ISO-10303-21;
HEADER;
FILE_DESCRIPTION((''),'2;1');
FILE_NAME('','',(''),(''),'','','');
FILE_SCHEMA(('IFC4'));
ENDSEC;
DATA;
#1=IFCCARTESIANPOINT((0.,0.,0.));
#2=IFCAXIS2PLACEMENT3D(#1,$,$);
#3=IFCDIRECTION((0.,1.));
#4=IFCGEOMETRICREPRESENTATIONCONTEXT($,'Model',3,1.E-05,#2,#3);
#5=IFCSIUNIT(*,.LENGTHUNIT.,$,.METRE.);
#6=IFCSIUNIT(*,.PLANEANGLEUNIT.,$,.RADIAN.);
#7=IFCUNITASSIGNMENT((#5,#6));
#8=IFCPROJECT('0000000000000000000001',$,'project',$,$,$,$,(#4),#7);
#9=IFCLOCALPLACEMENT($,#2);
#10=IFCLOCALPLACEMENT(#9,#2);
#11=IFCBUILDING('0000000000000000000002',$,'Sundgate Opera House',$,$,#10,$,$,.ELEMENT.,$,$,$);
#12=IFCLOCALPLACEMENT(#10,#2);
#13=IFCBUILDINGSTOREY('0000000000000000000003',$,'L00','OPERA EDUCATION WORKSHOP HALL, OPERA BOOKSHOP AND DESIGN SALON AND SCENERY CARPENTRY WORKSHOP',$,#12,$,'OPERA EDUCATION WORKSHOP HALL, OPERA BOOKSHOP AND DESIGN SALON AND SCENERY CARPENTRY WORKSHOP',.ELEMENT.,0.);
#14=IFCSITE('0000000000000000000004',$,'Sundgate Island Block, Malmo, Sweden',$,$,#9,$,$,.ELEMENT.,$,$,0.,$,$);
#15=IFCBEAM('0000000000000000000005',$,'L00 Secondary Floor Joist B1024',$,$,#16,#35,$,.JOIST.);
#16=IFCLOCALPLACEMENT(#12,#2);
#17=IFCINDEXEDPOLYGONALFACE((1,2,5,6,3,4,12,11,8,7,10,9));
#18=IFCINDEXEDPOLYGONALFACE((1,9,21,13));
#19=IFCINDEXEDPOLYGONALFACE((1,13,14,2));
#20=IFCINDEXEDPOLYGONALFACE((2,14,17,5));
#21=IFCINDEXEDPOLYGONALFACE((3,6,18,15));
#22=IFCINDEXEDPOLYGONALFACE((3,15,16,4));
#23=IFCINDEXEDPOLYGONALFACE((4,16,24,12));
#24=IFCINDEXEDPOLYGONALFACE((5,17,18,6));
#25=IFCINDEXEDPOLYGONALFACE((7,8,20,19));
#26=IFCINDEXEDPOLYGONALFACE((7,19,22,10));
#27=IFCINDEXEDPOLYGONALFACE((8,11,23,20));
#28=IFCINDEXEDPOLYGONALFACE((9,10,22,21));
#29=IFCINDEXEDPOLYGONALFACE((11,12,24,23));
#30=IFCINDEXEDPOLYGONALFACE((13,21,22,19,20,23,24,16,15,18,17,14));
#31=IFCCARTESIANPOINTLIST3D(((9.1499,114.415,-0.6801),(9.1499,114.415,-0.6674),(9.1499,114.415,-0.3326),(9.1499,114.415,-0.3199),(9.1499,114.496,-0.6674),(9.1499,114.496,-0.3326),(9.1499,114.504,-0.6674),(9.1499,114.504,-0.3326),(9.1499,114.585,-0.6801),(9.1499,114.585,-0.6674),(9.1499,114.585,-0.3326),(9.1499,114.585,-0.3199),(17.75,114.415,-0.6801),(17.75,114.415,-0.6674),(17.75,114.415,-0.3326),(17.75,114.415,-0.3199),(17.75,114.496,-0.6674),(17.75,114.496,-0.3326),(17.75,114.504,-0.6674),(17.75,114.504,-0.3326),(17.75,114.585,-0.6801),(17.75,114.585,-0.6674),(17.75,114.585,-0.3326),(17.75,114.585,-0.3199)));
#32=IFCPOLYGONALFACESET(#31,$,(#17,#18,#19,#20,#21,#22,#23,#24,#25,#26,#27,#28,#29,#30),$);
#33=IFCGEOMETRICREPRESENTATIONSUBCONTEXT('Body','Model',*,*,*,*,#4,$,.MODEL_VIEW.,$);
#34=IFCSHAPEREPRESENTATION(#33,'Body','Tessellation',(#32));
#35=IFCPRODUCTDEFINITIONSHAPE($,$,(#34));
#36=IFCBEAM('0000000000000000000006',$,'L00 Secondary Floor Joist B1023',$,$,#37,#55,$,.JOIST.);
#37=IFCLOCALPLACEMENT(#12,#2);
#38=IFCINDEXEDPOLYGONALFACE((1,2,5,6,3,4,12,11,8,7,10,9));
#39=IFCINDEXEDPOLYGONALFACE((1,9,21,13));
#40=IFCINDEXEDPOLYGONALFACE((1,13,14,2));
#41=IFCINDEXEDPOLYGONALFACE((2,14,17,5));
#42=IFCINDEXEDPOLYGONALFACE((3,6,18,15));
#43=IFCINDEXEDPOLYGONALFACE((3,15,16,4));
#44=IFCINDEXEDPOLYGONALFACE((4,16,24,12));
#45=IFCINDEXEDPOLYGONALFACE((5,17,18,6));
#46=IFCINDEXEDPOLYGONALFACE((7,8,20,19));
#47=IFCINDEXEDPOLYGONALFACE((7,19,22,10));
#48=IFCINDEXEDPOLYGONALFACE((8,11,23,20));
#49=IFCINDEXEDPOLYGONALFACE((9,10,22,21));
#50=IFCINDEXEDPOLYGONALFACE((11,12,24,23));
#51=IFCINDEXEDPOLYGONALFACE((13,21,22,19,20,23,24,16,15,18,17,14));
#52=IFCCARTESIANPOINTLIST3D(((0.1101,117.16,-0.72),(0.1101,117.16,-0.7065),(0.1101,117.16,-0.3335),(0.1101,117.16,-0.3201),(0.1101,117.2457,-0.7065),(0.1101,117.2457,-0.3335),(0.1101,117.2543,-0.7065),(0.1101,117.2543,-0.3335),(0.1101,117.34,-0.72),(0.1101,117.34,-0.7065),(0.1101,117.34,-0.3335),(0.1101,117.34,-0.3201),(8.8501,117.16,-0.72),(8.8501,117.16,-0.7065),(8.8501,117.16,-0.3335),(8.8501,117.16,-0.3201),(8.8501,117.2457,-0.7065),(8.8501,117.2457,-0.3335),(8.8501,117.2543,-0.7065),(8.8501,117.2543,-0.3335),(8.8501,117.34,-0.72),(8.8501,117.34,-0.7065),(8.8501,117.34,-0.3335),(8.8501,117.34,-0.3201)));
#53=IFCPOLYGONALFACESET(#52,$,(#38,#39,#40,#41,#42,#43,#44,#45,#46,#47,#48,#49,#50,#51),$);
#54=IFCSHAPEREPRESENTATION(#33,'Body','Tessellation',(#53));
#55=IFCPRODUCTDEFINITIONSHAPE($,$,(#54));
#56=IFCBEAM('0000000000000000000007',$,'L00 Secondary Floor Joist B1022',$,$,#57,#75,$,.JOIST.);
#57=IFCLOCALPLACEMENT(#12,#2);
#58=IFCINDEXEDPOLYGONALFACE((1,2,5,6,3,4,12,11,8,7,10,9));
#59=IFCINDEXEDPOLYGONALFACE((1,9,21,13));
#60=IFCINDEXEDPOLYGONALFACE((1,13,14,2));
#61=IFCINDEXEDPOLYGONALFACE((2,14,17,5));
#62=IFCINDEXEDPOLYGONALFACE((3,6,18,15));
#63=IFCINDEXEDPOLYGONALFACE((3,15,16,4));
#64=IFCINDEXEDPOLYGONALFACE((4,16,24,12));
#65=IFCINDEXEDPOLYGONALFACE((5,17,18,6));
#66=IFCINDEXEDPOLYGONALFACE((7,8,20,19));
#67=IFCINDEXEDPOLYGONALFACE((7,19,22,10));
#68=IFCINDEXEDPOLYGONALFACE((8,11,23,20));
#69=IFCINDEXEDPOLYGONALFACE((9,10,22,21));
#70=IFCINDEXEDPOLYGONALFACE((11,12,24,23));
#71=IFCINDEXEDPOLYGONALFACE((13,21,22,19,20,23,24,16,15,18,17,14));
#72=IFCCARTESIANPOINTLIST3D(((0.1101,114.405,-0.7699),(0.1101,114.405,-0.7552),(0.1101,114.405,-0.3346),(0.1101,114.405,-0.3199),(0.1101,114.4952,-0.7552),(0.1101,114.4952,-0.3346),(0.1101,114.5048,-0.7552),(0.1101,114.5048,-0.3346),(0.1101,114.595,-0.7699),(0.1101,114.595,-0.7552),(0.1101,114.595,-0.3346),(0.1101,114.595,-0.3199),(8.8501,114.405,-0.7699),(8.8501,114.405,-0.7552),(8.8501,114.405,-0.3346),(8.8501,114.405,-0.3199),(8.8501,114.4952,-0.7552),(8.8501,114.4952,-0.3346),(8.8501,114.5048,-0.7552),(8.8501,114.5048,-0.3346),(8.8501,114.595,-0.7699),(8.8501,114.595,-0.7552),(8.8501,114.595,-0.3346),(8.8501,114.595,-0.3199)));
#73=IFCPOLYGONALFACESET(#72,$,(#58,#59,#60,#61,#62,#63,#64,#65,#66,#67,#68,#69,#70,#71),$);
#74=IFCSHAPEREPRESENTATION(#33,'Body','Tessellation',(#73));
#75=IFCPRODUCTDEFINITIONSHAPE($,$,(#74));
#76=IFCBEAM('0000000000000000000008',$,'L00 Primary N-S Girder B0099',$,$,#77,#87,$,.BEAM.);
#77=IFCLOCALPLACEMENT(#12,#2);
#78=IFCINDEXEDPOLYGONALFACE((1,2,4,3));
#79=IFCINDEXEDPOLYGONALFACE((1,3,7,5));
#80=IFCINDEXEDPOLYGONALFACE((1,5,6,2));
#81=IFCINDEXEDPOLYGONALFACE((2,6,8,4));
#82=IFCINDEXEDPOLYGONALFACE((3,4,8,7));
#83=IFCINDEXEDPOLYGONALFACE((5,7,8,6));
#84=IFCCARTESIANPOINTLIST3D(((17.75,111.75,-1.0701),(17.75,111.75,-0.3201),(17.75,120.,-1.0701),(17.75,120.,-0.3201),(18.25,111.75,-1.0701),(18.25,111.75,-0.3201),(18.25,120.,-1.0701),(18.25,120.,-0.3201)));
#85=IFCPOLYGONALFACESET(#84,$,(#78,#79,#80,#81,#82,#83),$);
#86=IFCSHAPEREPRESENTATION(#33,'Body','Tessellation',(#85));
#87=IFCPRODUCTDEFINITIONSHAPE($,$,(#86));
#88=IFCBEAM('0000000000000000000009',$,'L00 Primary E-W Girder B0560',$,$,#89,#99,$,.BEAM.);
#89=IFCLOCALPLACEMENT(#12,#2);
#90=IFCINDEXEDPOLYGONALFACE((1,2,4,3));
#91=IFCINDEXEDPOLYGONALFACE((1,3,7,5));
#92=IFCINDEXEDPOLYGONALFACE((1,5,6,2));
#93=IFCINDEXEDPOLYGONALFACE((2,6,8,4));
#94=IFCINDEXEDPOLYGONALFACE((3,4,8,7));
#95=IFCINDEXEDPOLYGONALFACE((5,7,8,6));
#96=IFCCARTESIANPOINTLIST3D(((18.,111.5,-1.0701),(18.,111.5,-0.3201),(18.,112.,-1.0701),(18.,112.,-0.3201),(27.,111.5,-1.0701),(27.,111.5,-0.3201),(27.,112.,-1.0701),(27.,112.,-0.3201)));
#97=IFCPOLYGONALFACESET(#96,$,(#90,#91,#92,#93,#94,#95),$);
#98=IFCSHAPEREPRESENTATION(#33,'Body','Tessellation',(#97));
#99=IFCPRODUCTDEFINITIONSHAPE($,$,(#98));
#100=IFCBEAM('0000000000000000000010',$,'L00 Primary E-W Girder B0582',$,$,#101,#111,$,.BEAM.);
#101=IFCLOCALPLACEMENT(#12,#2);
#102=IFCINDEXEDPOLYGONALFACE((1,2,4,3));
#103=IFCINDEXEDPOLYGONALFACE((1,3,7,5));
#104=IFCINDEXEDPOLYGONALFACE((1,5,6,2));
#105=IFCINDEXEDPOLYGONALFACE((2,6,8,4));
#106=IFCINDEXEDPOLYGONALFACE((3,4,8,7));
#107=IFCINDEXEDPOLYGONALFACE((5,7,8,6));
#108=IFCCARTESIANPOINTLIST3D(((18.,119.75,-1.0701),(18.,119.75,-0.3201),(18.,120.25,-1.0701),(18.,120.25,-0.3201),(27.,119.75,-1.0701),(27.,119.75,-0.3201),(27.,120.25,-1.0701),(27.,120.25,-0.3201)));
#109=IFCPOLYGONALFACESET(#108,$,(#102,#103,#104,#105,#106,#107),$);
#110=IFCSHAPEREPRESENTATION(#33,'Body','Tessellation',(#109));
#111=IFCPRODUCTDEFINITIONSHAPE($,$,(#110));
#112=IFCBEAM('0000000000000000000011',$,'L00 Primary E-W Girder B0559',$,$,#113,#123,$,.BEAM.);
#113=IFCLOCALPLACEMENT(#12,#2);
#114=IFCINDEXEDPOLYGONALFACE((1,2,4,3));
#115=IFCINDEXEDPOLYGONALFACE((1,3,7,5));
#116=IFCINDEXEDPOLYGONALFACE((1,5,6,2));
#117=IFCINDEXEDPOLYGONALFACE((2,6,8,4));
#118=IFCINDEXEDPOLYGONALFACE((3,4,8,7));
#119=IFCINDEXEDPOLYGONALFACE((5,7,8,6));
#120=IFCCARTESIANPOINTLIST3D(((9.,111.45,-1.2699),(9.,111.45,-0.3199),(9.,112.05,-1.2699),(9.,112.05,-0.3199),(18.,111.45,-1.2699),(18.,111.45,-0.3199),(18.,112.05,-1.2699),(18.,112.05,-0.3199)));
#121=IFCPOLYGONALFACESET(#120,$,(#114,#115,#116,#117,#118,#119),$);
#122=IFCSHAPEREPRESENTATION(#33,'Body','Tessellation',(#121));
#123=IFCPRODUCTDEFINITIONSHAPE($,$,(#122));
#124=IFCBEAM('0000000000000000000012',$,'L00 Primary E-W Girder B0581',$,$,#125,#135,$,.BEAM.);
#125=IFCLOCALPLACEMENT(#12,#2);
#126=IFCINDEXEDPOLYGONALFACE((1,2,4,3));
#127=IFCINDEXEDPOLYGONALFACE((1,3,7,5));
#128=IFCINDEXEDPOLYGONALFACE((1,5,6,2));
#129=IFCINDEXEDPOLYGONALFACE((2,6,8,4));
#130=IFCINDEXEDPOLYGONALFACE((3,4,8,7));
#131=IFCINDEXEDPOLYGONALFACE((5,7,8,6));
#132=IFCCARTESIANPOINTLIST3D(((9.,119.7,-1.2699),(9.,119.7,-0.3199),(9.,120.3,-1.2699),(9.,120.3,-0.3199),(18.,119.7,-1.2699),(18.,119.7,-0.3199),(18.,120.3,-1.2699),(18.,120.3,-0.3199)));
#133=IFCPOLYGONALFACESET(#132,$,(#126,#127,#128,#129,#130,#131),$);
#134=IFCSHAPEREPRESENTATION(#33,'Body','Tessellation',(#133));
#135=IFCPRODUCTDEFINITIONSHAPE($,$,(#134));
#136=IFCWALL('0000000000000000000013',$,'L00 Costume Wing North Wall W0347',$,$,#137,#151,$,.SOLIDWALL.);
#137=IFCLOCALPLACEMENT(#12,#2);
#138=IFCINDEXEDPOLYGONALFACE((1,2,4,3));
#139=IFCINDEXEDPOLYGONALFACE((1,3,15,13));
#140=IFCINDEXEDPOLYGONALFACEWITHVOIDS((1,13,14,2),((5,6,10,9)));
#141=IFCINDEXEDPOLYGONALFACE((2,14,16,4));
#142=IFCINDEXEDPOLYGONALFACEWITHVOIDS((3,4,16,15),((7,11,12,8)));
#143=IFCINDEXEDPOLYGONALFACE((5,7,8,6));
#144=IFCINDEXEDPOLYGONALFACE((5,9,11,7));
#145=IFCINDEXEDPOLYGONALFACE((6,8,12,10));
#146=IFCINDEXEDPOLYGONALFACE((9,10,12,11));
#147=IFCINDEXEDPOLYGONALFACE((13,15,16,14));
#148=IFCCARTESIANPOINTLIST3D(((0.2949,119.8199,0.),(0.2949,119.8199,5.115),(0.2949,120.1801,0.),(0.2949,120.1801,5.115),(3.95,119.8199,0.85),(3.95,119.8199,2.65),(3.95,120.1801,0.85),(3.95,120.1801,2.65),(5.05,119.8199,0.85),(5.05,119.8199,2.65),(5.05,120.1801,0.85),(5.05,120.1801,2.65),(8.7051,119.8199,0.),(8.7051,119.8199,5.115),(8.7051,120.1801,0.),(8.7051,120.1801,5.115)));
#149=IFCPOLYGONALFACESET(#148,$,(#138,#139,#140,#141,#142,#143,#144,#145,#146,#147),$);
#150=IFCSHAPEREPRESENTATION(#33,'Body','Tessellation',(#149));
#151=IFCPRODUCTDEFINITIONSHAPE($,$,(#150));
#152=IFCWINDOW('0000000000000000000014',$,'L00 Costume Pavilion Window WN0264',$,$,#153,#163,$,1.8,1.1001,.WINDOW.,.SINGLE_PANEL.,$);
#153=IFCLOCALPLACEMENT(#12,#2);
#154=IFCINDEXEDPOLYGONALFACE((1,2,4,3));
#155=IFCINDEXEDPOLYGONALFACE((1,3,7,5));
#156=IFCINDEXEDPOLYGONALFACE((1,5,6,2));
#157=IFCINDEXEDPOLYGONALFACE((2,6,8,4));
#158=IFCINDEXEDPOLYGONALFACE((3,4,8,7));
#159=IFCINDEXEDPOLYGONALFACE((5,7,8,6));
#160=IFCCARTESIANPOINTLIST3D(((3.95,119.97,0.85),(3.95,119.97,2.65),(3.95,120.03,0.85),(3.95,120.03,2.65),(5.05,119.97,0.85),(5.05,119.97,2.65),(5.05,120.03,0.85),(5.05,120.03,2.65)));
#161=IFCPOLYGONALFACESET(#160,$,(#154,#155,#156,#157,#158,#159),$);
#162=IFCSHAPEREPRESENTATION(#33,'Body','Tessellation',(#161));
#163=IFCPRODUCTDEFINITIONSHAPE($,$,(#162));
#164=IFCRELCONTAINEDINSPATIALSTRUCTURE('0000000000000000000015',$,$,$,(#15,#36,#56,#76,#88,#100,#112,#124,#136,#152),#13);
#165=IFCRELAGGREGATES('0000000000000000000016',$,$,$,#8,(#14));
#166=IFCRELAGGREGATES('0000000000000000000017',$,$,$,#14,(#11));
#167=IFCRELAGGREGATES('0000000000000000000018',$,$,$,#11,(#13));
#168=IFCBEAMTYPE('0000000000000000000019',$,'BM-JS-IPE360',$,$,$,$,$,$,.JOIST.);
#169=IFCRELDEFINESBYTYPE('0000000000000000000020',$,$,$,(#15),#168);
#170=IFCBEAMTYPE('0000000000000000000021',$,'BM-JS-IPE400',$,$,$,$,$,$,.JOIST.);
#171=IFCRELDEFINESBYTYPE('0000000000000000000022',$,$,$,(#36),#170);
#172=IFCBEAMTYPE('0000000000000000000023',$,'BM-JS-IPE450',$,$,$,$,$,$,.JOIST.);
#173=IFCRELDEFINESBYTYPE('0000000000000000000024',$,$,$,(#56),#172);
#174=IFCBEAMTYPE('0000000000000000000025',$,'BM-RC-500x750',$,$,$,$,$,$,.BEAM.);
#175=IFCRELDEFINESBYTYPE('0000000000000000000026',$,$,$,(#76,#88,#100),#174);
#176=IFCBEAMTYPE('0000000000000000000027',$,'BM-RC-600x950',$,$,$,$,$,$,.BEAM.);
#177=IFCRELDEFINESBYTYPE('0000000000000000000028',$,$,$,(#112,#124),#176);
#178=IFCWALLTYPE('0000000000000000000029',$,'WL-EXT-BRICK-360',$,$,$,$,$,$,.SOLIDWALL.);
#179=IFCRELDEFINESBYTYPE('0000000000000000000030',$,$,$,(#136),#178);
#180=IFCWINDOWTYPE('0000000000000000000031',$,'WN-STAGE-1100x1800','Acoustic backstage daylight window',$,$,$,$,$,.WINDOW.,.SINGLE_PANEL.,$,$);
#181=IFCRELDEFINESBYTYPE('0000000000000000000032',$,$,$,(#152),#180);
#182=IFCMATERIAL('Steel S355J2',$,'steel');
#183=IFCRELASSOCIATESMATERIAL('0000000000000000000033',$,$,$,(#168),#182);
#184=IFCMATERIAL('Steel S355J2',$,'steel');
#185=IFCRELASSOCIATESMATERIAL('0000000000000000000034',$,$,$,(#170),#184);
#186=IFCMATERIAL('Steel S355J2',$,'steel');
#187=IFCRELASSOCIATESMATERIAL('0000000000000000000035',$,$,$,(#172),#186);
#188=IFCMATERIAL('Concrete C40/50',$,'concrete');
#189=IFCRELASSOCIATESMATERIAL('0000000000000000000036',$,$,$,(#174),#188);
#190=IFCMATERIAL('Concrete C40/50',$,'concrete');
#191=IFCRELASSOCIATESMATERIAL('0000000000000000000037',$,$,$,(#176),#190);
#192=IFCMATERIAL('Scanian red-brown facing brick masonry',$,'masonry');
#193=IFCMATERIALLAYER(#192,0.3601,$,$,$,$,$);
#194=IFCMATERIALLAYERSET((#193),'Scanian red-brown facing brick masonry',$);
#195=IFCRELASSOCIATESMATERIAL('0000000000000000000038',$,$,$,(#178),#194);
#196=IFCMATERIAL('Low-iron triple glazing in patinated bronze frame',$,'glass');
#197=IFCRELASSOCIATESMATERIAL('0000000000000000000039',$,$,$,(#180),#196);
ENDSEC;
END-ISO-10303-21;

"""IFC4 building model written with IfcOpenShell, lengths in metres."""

from ifc_helpers import new_model, si_unit, direction, frame, frame_2d, origin, origin_2d, place, context, subcontext, project, spatial, rectangle, i_section, extrude, material, layer, layer_set, material_profile, profile_set, type_object, element, fill, save


model = new_model("IFC4")

# Units and contexts
model_context = context("Model", 3, precision=1e-05, world=origin(), true_north=direction((0.0, 1.0)))
body_context = subcontext(model_context, "Body", "Model", "MODEL_VIEW")
ifc_project = project(units=[si_unit("LENGTHUNIT", "METRE"), si_unit("PLANEANGLEUNIT", "RADIAN")], contexts=[model_context])

# Site, building, storey
site_placement = place(None, origin())
site = spatial("IfcSite", under=ifc_project, at=site_placement, Name="Sundgate Island Block, Malmo, Sweden", CompositionType="ELEMENT", RefElevation=0.0)
building_placement = place(site_placement, origin())
building = spatial("IfcBuilding", under=site, at=building_placement, Name="Sundgate Opera House", CompositionType="ELEMENT")
storey_placement = place(building_placement, origin())
storey = spatial("IfcBuildingStorey", under=building, at=storey_placement, Name="L00", Description="OPERA EDUCATION WORKSHOP HALL, OPERA BOOKSHOP AND DESIGN SALON AND SCENERY CARPENTRY WORKSHOP", LongName="OPERA EDUCATION WORKSHOP HALL, OPERA BOOKSHOP AND DESIGN SALON AND SCENERY CARPENTRY WORKSHOP", CompositionType="ELEMENT", Elevation=0.0)

# Beams
ifc_material_1 = material(Name="Steel S355J2", Category="steel")
ifc_material_profile_1 = material_profile(ifc_material_1, i_section(OverallWidth=0.1699, OverallDepth=0.3601, WebThickness=0.0081, FlangeThickness=0.0127, at=origin_2d()), Name="IPE 360")
ifc_profile_set_1 = profile_set([ifc_material_profile_1], Name="Steel S355J2")
beam_type_1 = type_object("IfcBeamType", Name="BM-JS-IPE360", PredefinedType="JOIST", material=ifc_profile_set_1)
beam_1_placement = place(storey_placement, frame((9.1499, 114.5, -0.5), z_axis=(1.0, 0.0, 0.0), x_axis=(0.0, 1.0, 0.0)))
element("IfcBeam", 1, at=beam_1_placement, inside=storey, type_object=beam_type_1, Name="L00 Secondary Floor Joist B1024", PredefinedType="JOIST", context=body_context, shape_type="SweptSolid", body=[
    extrude(i_section(OverallWidth=0.1699, OverallDepth=0.3601, WebThickness=0.0081, FlangeThickness=0.0127, at=origin_2d()), origin(), (0.0, 0.0, 1.0), 8.6001),
])
ifc_material_2 = material(Name="Steel S355J2", Category="steel")
ifc_material_profile_2 = material_profile(ifc_material_2, i_section(OverallWidth=0.1799, OverallDepth=0.3999, WebThickness=0.0085, FlangeThickness=0.0134, at=origin_2d()), Name="IPE 400")
ifc_profile_set_2 = profile_set([ifc_material_profile_2], Name="Steel S355J2")
beam_type_2 = type_object("IfcBeamType", Name="BM-JS-IPE400", PredefinedType="JOIST", material=ifc_profile_set_2)
beam_2_placement = place(storey_placement, frame((0.1101, 117.25, -0.52), z_axis=(1.0, 0.0, 0.0), x_axis=(0.0, 1.0, 0.0)))
element("IfcBeam", 2, at=beam_2_placement, inside=storey, type_object=beam_type_2, Name="L00 Secondary Floor Joist B1023", PredefinedType="JOIST", context=body_context, shape_type="SweptSolid", body=[
    extrude(i_section(OverallWidth=0.1799, OverallDepth=0.3999, WebThickness=0.0085, FlangeThickness=0.0134, at=origin_2d()), origin(), (0.0, 0.0, 1.0), 8.74),
])
ifc_material_3 = material(Name="Steel S355J2", Category="steel")
ifc_material_profile_3 = material_profile(ifc_material_3, i_section(OverallWidth=0.1899, OverallDepth=0.45, WebThickness=0.0095, FlangeThickness=0.0146, at=origin_2d()), Name="IPE 450")
ifc_profile_set_3 = profile_set([ifc_material_profile_3], Name="Steel S355J2")
beam_type_3 = type_object("IfcBeamType", Name="BM-JS-IPE450", PredefinedType="JOIST", material=ifc_profile_set_3)
beam_3_placement = place(storey_placement, frame((0.1101, 114.5, -0.5449), z_axis=(1.0, 0.0, 0.0), x_axis=(0.0, 1.0, 0.0)))
element("IfcBeam", 3, at=beam_3_placement, inside=storey, type_object=beam_type_3, Name="L00 Secondary Floor Joist B1022", PredefinedType="JOIST", context=body_context, shape_type="SweptSolid", body=[
    extrude(i_section(OverallWidth=0.1899, OverallDepth=0.45, WebThickness=0.0095, FlangeThickness=0.0146, at=origin_2d()), origin(), (0.0, 0.0, 1.0), 8.74),
])
ifc_material_4 = material(Name="Concrete C40/50", Category="concrete")
ifc_material_profile_4 = material_profile(ifc_material_4, rectangle(XDim=0.5, YDim=0.75, at=origin_2d()), Name="RC 500x750")
ifc_profile_set_4 = profile_set([ifc_material_profile_4], Name="Concrete C40/50")
beam_type_4 = type_object("IfcBeamType", Name="BM-RC-500x750", PredefinedType="BEAM", material=ifc_profile_set_4)
beam_4_placement = place(storey_placement, frame((18.0, 111.75, -0.6951), z_axis=(0.0, 1.0, 0.0), x_axis=(-1.0, 0.0, 0.0)))
element("IfcBeam", 4, at=beam_4_placement, inside=storey, type_object=beam_type_4, Name="L00 Primary N-S Girder B0099", PredefinedType="BEAM", context=body_context, shape_type="SweptSolid", body=[
    extrude(rectangle(XDim=0.5, YDim=0.75, at=origin_2d()), origin(), (0.0, 0.0, 1.0), 8.25),
])
for number, where, z_axis, x_axis, name in (
    (5, (18.0, 111.75, -0.6951), (1.0, 0.0, 0.0), (0.0, 1.0, 0.0), "L00 Primary E-W Girder B0560"),
    (6, (18.0, 120.0, -0.6951), (1.0, 0.0, 0.0), (0.0, 1.0, 0.0), "L00 Primary E-W Girder B0582"),
):
    element("IfcBeam", number, at=place(storey_placement, frame(where, z_axis=z_axis, x_axis=x_axis)), inside=storey, type_object=beam_type_4, Name=name, PredefinedType="BEAM", context=body_context, shape_type="SweptSolid", body=[
        extrude(rectangle(XDim=0.5, YDim=0.75, at=origin_2d()), origin(), (0.0, 0.0, 1.0), 9.0),
    ])
ifc_material_5 = material(Name="Concrete C40/50", Category="concrete")
ifc_material_profile_5 = material_profile(ifc_material_5, rectangle(XDim=0.6001, YDim=0.95, at=origin_2d()), Name="RC 600x950")
ifc_profile_set_5 = profile_set([ifc_material_profile_5], Name="Concrete C40/50")
beam_type_5 = type_object("IfcBeamType", Name="BM-RC-600x950", PredefinedType="BEAM", material=ifc_profile_set_5)
for number, where, z_axis, x_axis, name in (
    (7, (9.0, 111.75, -0.7949), (1.0, 0.0, 0.0), (0.0, 1.0, 0.0), "L00 Primary E-W Girder B0559"),
    (8, (9.0, 120.0, -0.7949), (1.0, 0.0, 0.0), (0.0, 1.0, 0.0), "L00 Primary E-W Girder B0581"),
):
    element("IfcBeam", number, at=place(storey_placement, frame(where, z_axis=z_axis, x_axis=x_axis)), inside=storey, type_object=beam_type_5, Name=name, PredefinedType="BEAM", context=body_context, shape_type="SweptSolid", body=[
        extrude(rectangle(XDim=0.6001, YDim=0.95, at=origin_2d()), origin(), (0.0, 0.0, 1.0), 9.0),
    ])

# Wall, opening, window
ifc_material_6 = material(Name="Scanian red-brown facing brick masonry", Category="masonry")
ifc_layer = layer(ifc_material_6, 0.3601)
ifc_layer_set = layer_set([ifc_layer], Name="Scanian red-brown facing brick masonry")
wall_type = type_object("IfcWallType", Name="WL-EXT-BRICK-360", PredefinedType="SOLIDWALL", material=ifc_layer_set)
wall_1_placement = place(storey_placement, frame((0.2949, 120.0, 0.0), z_axis=(0.0, 0.0, 1.0), x_axis=(1.0, 0.0, 0.0)))
wall_1 = element("IfcWall", 9, at=wall_1_placement, inside=storey, type_object=wall_type, Name="L00 Costume Wing North Wall W0347", PredefinedType="SOLIDWALL", context=body_context, shape_type="SweptSolid", body=[
    extrude(rectangle(XDim=8.4102, YDim=0.3601, at=frame_2d((4.2051, 0.0))), origin(), (0.0, 0.0, 1.0), 5.115),
])
opening_1_placement = place(wall_1_placement, frame((3.655, 0.0, 0.8501)))
opening_1 = element("IfcOpeningElement", 10, at=opening_1_placement, cuts=wall_1, PredefinedType="OPENING", context=body_context, shape_type="SweptSolid", body=[
    extrude(rectangle(XDim=1.1001, YDim=1.8, at=frame_2d((0.55, 0.8999))), frame((0.0, 0.1899, 0.0), z_axis=(0.0, -1.0, 0.0), x_axis=(1.0, 0.0, 0.0)), (0.0, 0.0, 1.0), 0.3801),
])
ifc_material_7 = material(Name="Low-iron triple glazing in patinated bronze frame", Category="glass")
window_type_1 = type_object("IfcWindowType", Name="WN-STAGE-1100x1800", Description="Acoustic backstage daylight window", PartitioningType="SINGLE_PANEL", PredefinedType="WINDOW", material=ifc_material_7)
window_1_placement = place(opening_1_placement, origin())
window_1 = element("IfcWindow", 11, at=window_1_placement, inside=storey, type_object=window_type_1, Name="L00 Costume Pavilion Window WN0264", OverallHeight=1.8, OverallWidth=1.1001, PartitioningType="SINGLE_PANEL", PredefinedType="WINDOW", context=body_context, shape_type="SweptSolid", body=[
    extrude(rectangle(XDim=1.1001, YDim=1.8, at=frame_2d((0.55, 0.8999))), frame((0.0, 0.03, 0.0), z_axis=(0.0, -1.0, 0.0), x_axis=(1.0, 0.0, 0.0)), (0.0, 0.0, 1.0), 0.0601),
])
fill(opening_1, window_1)

save(model, "model.ifc")
